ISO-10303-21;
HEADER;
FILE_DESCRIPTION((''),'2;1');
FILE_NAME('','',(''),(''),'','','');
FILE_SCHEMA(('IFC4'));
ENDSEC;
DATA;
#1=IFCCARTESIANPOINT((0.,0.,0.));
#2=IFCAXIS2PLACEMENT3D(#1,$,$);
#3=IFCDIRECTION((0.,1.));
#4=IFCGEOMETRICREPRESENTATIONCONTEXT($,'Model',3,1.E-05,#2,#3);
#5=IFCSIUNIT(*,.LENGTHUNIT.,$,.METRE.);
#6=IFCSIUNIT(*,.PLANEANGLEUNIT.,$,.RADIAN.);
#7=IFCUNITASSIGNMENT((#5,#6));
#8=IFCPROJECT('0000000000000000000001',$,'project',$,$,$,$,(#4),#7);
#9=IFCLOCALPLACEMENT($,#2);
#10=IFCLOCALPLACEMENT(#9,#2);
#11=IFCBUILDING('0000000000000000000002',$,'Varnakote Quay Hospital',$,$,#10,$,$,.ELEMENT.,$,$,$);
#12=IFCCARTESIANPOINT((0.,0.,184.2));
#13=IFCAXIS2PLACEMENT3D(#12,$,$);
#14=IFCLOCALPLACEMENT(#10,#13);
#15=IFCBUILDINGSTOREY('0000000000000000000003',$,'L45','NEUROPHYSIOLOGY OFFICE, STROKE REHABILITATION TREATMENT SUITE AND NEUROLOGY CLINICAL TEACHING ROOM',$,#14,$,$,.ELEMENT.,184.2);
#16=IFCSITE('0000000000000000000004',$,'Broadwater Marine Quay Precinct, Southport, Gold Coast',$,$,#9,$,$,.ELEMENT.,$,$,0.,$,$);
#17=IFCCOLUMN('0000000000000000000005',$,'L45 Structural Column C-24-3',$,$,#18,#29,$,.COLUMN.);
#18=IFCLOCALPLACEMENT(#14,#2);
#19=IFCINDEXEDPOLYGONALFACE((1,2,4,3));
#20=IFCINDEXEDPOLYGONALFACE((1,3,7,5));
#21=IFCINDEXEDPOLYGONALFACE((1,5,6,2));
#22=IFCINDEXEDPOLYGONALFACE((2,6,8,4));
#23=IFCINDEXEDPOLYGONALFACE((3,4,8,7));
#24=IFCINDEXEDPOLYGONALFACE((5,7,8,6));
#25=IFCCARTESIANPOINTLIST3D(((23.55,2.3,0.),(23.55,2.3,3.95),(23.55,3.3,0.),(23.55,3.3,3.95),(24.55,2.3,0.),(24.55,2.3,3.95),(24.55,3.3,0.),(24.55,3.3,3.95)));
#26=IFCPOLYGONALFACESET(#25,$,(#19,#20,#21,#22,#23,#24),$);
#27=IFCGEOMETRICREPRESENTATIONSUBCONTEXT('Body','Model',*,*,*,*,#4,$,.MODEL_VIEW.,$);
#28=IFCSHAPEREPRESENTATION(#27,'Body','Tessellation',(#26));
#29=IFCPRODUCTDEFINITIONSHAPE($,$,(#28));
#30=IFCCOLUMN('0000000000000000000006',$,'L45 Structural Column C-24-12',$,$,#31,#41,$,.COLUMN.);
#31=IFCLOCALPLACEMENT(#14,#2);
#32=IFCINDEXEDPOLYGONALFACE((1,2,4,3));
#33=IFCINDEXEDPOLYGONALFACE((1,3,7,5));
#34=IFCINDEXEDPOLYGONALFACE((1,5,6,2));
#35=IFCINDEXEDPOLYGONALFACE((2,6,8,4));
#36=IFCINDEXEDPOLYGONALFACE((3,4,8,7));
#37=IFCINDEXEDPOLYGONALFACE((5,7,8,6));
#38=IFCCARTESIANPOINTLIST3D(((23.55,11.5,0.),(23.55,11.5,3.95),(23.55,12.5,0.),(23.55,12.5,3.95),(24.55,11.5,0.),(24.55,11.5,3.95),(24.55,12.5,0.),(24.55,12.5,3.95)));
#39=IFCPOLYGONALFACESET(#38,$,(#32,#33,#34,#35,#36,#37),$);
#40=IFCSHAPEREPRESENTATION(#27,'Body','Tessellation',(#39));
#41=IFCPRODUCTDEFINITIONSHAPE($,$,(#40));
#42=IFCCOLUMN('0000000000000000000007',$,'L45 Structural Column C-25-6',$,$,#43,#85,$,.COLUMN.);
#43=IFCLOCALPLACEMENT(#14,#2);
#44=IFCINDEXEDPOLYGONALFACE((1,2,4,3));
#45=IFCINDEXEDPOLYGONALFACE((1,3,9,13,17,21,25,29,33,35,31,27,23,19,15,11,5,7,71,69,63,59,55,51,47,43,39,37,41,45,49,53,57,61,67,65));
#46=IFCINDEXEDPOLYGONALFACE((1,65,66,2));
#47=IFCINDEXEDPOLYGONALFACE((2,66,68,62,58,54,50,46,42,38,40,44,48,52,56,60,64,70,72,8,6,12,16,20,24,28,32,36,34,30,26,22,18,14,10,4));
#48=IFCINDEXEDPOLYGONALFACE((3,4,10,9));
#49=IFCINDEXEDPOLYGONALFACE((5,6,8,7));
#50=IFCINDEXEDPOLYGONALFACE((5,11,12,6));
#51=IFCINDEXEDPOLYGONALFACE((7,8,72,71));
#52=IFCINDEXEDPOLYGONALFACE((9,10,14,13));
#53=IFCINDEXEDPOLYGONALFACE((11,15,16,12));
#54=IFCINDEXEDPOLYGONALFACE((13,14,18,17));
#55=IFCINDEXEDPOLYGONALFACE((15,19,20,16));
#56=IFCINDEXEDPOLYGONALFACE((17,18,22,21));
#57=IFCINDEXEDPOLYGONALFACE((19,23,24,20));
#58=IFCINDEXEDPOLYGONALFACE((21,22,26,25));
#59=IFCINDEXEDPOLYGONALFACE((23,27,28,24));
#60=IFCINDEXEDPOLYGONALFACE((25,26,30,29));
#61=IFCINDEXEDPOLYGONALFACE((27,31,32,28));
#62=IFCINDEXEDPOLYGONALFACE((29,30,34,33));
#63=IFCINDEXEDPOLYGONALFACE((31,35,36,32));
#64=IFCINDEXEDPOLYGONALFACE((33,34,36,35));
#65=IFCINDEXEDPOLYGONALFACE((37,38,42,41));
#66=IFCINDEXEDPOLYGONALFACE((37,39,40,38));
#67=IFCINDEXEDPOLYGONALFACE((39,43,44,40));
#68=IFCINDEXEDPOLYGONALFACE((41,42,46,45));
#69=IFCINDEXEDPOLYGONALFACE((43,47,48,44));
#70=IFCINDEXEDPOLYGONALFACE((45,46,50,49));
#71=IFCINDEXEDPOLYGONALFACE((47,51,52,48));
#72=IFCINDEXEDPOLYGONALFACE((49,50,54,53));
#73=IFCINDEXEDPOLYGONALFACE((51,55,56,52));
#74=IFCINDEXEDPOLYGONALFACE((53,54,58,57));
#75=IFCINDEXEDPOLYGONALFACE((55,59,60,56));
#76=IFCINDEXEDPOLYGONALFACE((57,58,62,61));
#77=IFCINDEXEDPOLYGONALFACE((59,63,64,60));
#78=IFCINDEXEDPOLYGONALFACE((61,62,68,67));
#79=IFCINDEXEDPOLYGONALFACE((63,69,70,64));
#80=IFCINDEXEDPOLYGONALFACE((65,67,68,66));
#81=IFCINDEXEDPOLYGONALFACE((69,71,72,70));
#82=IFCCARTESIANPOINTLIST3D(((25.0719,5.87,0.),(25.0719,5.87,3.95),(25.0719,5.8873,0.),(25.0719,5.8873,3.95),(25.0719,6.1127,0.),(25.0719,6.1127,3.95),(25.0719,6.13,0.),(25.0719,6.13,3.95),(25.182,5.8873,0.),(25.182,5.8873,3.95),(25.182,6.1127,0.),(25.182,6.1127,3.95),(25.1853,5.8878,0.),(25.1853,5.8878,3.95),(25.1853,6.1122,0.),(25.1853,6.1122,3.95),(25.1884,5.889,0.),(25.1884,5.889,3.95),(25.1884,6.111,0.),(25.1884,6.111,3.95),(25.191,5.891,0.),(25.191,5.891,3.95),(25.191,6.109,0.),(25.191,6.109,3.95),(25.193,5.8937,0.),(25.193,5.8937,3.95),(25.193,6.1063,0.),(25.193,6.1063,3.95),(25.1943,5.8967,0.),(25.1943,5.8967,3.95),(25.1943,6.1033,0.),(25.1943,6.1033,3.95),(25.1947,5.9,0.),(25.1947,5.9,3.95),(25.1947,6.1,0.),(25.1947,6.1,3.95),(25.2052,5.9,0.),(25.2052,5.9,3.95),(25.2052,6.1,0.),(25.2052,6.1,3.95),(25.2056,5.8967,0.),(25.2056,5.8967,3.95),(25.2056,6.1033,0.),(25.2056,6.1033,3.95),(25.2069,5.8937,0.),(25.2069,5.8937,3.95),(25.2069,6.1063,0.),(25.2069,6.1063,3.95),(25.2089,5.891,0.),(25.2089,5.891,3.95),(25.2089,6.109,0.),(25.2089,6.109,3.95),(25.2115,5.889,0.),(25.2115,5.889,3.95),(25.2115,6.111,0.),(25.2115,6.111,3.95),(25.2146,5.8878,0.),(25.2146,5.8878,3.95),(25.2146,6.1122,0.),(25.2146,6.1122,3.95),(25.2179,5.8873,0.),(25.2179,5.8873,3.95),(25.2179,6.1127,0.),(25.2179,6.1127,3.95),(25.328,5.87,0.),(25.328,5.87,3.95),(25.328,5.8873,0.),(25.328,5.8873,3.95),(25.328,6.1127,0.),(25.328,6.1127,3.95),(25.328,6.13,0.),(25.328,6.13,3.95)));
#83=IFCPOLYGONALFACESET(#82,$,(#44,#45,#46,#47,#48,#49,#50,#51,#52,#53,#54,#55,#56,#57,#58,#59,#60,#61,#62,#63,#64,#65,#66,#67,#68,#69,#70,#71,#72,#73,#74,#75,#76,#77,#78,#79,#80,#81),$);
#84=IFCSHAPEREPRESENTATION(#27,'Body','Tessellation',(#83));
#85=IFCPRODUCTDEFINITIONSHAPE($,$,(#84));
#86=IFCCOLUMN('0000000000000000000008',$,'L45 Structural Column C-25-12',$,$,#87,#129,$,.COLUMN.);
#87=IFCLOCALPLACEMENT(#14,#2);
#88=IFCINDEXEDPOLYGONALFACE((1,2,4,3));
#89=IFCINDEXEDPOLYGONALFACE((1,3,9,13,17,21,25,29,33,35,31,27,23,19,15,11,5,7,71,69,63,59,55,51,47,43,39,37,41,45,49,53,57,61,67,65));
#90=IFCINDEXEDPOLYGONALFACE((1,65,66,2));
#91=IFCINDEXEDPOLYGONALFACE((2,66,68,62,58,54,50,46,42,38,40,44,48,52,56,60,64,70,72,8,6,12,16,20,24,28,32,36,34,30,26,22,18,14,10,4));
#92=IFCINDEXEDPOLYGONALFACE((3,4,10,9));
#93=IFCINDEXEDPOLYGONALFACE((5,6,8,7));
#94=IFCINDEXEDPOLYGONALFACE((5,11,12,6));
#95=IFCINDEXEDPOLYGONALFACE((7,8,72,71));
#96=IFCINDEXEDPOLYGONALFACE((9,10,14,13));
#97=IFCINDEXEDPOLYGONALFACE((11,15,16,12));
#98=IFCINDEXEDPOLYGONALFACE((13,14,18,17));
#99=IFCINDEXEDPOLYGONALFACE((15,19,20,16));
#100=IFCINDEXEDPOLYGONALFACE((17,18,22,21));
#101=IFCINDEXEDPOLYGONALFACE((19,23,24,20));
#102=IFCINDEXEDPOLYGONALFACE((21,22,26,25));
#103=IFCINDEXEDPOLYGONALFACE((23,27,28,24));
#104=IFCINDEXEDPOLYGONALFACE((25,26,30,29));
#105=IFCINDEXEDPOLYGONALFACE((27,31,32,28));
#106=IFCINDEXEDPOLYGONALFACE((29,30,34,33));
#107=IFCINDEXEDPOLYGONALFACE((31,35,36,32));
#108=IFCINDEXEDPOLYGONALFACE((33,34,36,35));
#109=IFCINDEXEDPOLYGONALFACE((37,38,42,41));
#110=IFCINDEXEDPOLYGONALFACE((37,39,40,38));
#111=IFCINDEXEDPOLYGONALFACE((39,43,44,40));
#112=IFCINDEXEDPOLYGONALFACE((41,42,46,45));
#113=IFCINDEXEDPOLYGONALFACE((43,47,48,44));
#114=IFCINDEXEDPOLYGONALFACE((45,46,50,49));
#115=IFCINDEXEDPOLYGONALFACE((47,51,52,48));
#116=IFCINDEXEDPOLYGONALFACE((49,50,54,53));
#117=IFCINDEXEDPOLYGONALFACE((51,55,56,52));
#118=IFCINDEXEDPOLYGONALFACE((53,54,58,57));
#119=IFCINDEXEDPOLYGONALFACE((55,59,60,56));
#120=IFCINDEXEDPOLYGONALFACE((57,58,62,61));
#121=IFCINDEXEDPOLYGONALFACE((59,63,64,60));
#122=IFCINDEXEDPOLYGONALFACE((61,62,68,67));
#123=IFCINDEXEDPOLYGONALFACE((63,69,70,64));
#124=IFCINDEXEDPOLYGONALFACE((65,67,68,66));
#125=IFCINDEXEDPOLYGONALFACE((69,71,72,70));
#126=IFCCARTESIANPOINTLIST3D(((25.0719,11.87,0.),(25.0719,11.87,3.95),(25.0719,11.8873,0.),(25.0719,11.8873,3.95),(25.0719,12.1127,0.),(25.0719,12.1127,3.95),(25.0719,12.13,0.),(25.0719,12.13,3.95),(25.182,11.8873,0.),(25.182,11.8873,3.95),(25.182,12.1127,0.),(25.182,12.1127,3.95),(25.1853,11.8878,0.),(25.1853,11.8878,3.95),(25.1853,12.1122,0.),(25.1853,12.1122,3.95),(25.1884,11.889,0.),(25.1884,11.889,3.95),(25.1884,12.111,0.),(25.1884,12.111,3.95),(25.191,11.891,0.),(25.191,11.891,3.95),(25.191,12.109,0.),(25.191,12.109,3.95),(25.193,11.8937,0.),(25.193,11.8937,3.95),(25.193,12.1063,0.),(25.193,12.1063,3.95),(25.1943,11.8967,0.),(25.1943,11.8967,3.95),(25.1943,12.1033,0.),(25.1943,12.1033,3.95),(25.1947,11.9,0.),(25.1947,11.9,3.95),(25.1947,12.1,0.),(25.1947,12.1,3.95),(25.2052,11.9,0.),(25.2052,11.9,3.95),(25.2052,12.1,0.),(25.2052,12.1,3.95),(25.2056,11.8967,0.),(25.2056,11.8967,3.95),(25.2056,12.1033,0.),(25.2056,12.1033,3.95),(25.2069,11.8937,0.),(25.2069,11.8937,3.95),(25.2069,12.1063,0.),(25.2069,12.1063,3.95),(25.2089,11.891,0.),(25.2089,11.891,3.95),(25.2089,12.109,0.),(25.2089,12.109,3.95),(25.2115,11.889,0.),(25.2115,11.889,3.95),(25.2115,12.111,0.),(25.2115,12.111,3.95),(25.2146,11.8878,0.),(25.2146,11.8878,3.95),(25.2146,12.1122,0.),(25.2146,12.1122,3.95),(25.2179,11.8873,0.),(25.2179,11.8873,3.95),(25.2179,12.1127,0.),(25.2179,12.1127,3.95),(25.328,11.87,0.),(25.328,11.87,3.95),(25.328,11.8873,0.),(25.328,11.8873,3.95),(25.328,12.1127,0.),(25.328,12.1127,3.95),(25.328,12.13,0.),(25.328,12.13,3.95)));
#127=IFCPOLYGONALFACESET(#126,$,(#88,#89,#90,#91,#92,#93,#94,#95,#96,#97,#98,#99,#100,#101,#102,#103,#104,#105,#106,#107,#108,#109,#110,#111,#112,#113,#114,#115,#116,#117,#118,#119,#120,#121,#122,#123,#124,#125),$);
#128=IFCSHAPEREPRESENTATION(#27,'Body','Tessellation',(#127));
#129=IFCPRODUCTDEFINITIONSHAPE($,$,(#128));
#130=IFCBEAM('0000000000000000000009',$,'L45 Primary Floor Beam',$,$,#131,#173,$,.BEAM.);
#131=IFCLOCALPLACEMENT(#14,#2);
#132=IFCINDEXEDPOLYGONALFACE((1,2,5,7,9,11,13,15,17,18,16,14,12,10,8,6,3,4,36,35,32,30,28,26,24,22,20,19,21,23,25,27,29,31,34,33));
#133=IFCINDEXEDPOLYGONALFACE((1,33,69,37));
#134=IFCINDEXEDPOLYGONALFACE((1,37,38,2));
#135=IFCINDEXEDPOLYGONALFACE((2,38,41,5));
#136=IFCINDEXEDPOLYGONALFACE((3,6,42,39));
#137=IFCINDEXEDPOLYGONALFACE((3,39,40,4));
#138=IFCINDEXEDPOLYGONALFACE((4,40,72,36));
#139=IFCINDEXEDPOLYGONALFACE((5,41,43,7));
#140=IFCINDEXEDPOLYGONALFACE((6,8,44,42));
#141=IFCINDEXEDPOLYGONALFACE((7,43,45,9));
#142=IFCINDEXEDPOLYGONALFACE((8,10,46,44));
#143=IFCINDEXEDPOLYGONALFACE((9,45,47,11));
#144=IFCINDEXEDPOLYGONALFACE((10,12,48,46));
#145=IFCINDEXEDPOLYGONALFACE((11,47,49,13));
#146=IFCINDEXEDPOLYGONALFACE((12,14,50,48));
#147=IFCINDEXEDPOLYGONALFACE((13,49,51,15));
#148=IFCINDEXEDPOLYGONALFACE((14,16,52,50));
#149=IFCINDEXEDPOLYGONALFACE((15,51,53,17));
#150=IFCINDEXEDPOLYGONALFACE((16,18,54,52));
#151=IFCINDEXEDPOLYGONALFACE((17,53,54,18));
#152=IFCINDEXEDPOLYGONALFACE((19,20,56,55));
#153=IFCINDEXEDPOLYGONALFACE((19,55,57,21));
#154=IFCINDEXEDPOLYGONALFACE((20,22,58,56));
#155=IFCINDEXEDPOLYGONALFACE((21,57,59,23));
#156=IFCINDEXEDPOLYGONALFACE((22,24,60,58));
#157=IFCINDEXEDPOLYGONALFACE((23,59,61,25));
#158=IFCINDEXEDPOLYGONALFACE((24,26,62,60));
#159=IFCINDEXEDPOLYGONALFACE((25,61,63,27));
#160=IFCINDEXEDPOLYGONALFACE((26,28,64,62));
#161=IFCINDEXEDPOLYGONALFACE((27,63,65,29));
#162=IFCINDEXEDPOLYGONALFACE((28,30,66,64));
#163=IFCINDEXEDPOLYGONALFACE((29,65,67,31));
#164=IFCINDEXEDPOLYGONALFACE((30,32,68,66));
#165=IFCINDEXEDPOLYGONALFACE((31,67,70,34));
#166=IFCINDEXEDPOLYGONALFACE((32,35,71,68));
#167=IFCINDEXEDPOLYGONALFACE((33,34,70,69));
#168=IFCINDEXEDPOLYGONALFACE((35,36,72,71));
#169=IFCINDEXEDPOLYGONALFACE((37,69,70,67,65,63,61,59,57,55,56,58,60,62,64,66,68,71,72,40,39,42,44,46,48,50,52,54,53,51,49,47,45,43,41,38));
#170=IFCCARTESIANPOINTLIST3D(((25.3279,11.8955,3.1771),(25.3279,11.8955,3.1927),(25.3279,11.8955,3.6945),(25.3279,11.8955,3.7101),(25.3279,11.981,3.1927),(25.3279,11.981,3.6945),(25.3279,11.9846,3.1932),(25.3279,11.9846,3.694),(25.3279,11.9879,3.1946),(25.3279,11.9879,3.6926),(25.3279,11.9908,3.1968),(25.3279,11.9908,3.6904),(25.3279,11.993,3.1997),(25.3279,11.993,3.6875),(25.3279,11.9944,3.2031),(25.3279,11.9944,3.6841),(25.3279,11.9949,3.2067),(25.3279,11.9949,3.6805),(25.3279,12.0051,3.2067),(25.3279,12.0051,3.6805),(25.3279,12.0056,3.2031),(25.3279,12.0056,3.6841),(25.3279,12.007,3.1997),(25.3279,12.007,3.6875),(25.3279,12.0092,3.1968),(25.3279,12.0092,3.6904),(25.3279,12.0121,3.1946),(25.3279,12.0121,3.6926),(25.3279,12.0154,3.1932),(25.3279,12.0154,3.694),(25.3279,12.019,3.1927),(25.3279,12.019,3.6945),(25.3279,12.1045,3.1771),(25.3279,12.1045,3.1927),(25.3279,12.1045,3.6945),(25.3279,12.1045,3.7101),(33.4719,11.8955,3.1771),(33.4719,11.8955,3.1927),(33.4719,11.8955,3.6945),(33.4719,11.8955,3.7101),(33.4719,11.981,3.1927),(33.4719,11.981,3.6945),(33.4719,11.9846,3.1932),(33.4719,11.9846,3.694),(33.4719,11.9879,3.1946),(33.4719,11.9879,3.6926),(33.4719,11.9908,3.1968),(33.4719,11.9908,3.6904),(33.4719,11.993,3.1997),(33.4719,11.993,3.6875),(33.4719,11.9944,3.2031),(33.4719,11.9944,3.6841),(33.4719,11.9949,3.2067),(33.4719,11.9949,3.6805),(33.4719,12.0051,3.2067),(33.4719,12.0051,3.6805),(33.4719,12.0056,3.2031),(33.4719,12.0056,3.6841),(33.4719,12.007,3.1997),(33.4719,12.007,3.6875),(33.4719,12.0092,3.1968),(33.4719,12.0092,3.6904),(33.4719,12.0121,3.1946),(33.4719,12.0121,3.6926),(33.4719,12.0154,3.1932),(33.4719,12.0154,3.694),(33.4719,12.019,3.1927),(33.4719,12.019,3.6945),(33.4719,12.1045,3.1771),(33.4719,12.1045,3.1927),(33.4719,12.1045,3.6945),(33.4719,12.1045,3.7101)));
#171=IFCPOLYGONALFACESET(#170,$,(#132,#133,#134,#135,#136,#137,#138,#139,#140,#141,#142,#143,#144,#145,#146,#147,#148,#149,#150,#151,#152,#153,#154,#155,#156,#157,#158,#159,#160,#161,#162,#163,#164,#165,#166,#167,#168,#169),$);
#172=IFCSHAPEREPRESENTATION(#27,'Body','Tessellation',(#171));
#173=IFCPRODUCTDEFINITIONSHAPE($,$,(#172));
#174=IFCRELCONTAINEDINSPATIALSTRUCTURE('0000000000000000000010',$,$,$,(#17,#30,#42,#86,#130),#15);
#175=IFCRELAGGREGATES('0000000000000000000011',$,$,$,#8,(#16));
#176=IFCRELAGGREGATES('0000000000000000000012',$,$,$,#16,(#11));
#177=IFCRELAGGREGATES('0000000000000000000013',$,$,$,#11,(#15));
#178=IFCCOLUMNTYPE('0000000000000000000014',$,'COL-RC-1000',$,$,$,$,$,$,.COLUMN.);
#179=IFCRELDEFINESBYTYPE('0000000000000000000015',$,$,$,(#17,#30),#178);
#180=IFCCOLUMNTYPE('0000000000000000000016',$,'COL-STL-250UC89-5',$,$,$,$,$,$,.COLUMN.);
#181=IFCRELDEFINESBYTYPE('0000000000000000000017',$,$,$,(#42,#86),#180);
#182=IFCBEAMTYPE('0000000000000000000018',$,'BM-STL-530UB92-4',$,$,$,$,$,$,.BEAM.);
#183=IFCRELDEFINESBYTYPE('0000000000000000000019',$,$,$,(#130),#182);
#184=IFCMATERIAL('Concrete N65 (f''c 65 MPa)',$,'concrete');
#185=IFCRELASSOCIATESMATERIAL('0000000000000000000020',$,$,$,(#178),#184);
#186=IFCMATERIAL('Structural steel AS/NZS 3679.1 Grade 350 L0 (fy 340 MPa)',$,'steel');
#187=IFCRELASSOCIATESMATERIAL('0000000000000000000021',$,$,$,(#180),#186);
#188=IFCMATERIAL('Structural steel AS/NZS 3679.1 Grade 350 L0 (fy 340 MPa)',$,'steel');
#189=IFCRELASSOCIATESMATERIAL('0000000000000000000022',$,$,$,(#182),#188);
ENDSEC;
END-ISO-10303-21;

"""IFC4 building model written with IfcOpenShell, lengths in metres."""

from ifc_helpers import new_model, si_unit, direction, frame, origin, origin_2d, place, context, subcontext, project, spatial, rectangle, i_section, extrude, material, material_profile, profile_set, type_object, element, save


model = new_model("IFC4")

# Units and contexts
model_context = context("Model", 3, precision=1e-05, world=origin(), true_north=direction((0.0, 1.0)))
body_context = subcontext(model_context, "Body", "Model", "MODEL_VIEW")
ifc_project = project(units=[si_unit("LENGTHUNIT", "METRE"), si_unit("PLANEANGLEUNIT", "RADIAN")], contexts=[model_context])

# Site, building, storey
site_placement = place(None, origin())
site = spatial("IfcSite", under=ifc_project, at=site_placement, Name="Broadwater Marine Quay Precinct, Southport, Gold Coast", CompositionType="ELEMENT", RefElevation=0.0)
building_placement = place(site_placement, origin())
building = spatial("IfcBuilding", under=site, at=building_placement, Name="Varnakote Quay Hospital", CompositionType="ELEMENT")
storey_placement = place(building_placement, frame((0.0, 0.0, 184.2)))
storey = spatial("IfcBuildingStorey", under=building, at=storey_placement, Name="L45", Description="NEUROPHYSIOLOGY OFFICE, STROKE REHABILITATION TREATMENT SUITE AND NEUROLOGY CLINICAL TEACHING ROOM", CompositionType="ELEMENT", Elevation=184.2)

# Columns
ifc_material_1 = material(Name="Concrete N65 (f'c 65 MPa)", Category="concrete")
ifc_material_profile_1 = material_profile(ifc_material_1, rectangle(XDim=1.0, YDim=1.0, at=origin_2d()), Name="RC-COL-1000x1000")
ifc_profile_set_1 = profile_set([ifc_material_profile_1], Name="Concrete N65 (f'c 65 MPa)")
column_type_1 = type_object("IfcColumnType", Name="COL-RC-1000", PredefinedType="COLUMN", material=ifc_profile_set_1)
for number, where, z_axis, x_axis, name in (
    (1, (24.05, 2.8, 0.0), (0.0, 0.0, 1.0), (1.0, 0.0, 0.0), "L45 Structural Column C-24-3"),
    (2, (24.05, 12.0, 0.0), (0.0, 0.0, 1.0), (1.0, 0.0, 0.0), "L45 Structural Column C-24-12"),
):
    element("IfcColumn", number, at=place(storey_placement, frame(where, z_axis=z_axis, x_axis=x_axis)), inside=storey, type_object=column_type_1, Name=name, PredefinedType="COLUMN", context=body_context, shape_type="SweptSolid", body=[
        extrude(rectangle(XDim=1.0, YDim=1.0, at=origin_2d()), origin(), (0.0, 0.0, 1.0), 3.95),
    ])
ifc_material_2 = material(Name="Structural steel AS/NZS 3679.1 Grade 350 L0 (fy 340 MPa)", Category="steel")
ifc_material_profile_2 = material_profile(ifc_material_2, i_section(OverallWidth=0.2561, OverallDepth=0.26, WebThickness=0.0105, FlangeThickness=0.0173, FilletRadius=0.0127, at=origin_2d()), Name="250UC89.5")
ifc_profile_set_2 = profile_set([ifc_material_profile_2], Name="Structural steel AS/NZS 3679.1 Grade 350 L0 (fy 340 MPa)")
column_type_2 = type_object("IfcColumnType", Name="COL-STL-250UC89-5", PredefinedType="COLUMN", material=ifc_profile_set_2)
for number, where, z_axis, x_axis, name in (
    (3, (25.2, 6.0, 0.0), (0.0, 0.0, 1.0), (1.0, 0.0, 0.0), "L45 Structural Column C-25-6"),
    (4, (25.2, 12.0, 0.0), (0.0, 0.0, 1.0), (1.0, 0.0, 0.0), "L45 Structural Column C-25-12"),
):
    element("IfcColumn", number, at=place(storey_placement, frame(where, z_axis=z_axis, x_axis=x_axis)), inside=storey, type_object=column_type_2, Name=name, PredefinedType="COLUMN", context=body_context, shape_type="SweptSolid", body=[
        extrude(i_section(OverallWidth=0.2561, OverallDepth=0.26, WebThickness=0.0105, FlangeThickness=0.0173, FilletRadius=0.0127, at=origin_2d()), origin(), (0.0, 0.0, 1.0), 3.95),
    ])

# Beam
ifc_material_3 = material(Name="Structural steel AS/NZS 3679.1 Grade 350 L0 (fy 340 MPa)", Category="steel")
ifc_material_profile_3 = material_profile(ifc_material_3, i_section(OverallWidth=0.209, OverallDepth=0.533, WebThickness=0.0103, FlangeThickness=0.0156, FilletRadius=0.0139, at=origin_2d()), Name="530UB92.4")
ifc_profile_set_3 = profile_set([ifc_material_profile_3], Name="Structural steel AS/NZS 3679.1 Grade 350 L0 (fy 340 MPa)")
beam_type_1 = type_object("IfcBeamType", Name="BM-STL-530UB92-4", PredefinedType="BEAM", material=ifc_profile_set_3)
beam_1_placement = place(storey_placement, frame((25.3279, 12.0, 3.4436), z_axis=(1.0, 0.0, 0.0), x_axis=(0.0, 1.0, 0.0)))
element("IfcBeam", 5, at=beam_1_placement, inside=storey, type_object=beam_type_1, Name="L45 Primary Floor Beam", PredefinedType="BEAM", context=body_context, shape_type="SweptSolid", body=[
    extrude(i_section(OverallWidth=0.209, OverallDepth=0.533, WebThickness=0.0103, FlangeThickness=0.0156, FilletRadius=0.0139, at=origin_2d()), origin(), (0.0, 0.0, 1.0), 8.144),
])

save(model, "model.ifc")
